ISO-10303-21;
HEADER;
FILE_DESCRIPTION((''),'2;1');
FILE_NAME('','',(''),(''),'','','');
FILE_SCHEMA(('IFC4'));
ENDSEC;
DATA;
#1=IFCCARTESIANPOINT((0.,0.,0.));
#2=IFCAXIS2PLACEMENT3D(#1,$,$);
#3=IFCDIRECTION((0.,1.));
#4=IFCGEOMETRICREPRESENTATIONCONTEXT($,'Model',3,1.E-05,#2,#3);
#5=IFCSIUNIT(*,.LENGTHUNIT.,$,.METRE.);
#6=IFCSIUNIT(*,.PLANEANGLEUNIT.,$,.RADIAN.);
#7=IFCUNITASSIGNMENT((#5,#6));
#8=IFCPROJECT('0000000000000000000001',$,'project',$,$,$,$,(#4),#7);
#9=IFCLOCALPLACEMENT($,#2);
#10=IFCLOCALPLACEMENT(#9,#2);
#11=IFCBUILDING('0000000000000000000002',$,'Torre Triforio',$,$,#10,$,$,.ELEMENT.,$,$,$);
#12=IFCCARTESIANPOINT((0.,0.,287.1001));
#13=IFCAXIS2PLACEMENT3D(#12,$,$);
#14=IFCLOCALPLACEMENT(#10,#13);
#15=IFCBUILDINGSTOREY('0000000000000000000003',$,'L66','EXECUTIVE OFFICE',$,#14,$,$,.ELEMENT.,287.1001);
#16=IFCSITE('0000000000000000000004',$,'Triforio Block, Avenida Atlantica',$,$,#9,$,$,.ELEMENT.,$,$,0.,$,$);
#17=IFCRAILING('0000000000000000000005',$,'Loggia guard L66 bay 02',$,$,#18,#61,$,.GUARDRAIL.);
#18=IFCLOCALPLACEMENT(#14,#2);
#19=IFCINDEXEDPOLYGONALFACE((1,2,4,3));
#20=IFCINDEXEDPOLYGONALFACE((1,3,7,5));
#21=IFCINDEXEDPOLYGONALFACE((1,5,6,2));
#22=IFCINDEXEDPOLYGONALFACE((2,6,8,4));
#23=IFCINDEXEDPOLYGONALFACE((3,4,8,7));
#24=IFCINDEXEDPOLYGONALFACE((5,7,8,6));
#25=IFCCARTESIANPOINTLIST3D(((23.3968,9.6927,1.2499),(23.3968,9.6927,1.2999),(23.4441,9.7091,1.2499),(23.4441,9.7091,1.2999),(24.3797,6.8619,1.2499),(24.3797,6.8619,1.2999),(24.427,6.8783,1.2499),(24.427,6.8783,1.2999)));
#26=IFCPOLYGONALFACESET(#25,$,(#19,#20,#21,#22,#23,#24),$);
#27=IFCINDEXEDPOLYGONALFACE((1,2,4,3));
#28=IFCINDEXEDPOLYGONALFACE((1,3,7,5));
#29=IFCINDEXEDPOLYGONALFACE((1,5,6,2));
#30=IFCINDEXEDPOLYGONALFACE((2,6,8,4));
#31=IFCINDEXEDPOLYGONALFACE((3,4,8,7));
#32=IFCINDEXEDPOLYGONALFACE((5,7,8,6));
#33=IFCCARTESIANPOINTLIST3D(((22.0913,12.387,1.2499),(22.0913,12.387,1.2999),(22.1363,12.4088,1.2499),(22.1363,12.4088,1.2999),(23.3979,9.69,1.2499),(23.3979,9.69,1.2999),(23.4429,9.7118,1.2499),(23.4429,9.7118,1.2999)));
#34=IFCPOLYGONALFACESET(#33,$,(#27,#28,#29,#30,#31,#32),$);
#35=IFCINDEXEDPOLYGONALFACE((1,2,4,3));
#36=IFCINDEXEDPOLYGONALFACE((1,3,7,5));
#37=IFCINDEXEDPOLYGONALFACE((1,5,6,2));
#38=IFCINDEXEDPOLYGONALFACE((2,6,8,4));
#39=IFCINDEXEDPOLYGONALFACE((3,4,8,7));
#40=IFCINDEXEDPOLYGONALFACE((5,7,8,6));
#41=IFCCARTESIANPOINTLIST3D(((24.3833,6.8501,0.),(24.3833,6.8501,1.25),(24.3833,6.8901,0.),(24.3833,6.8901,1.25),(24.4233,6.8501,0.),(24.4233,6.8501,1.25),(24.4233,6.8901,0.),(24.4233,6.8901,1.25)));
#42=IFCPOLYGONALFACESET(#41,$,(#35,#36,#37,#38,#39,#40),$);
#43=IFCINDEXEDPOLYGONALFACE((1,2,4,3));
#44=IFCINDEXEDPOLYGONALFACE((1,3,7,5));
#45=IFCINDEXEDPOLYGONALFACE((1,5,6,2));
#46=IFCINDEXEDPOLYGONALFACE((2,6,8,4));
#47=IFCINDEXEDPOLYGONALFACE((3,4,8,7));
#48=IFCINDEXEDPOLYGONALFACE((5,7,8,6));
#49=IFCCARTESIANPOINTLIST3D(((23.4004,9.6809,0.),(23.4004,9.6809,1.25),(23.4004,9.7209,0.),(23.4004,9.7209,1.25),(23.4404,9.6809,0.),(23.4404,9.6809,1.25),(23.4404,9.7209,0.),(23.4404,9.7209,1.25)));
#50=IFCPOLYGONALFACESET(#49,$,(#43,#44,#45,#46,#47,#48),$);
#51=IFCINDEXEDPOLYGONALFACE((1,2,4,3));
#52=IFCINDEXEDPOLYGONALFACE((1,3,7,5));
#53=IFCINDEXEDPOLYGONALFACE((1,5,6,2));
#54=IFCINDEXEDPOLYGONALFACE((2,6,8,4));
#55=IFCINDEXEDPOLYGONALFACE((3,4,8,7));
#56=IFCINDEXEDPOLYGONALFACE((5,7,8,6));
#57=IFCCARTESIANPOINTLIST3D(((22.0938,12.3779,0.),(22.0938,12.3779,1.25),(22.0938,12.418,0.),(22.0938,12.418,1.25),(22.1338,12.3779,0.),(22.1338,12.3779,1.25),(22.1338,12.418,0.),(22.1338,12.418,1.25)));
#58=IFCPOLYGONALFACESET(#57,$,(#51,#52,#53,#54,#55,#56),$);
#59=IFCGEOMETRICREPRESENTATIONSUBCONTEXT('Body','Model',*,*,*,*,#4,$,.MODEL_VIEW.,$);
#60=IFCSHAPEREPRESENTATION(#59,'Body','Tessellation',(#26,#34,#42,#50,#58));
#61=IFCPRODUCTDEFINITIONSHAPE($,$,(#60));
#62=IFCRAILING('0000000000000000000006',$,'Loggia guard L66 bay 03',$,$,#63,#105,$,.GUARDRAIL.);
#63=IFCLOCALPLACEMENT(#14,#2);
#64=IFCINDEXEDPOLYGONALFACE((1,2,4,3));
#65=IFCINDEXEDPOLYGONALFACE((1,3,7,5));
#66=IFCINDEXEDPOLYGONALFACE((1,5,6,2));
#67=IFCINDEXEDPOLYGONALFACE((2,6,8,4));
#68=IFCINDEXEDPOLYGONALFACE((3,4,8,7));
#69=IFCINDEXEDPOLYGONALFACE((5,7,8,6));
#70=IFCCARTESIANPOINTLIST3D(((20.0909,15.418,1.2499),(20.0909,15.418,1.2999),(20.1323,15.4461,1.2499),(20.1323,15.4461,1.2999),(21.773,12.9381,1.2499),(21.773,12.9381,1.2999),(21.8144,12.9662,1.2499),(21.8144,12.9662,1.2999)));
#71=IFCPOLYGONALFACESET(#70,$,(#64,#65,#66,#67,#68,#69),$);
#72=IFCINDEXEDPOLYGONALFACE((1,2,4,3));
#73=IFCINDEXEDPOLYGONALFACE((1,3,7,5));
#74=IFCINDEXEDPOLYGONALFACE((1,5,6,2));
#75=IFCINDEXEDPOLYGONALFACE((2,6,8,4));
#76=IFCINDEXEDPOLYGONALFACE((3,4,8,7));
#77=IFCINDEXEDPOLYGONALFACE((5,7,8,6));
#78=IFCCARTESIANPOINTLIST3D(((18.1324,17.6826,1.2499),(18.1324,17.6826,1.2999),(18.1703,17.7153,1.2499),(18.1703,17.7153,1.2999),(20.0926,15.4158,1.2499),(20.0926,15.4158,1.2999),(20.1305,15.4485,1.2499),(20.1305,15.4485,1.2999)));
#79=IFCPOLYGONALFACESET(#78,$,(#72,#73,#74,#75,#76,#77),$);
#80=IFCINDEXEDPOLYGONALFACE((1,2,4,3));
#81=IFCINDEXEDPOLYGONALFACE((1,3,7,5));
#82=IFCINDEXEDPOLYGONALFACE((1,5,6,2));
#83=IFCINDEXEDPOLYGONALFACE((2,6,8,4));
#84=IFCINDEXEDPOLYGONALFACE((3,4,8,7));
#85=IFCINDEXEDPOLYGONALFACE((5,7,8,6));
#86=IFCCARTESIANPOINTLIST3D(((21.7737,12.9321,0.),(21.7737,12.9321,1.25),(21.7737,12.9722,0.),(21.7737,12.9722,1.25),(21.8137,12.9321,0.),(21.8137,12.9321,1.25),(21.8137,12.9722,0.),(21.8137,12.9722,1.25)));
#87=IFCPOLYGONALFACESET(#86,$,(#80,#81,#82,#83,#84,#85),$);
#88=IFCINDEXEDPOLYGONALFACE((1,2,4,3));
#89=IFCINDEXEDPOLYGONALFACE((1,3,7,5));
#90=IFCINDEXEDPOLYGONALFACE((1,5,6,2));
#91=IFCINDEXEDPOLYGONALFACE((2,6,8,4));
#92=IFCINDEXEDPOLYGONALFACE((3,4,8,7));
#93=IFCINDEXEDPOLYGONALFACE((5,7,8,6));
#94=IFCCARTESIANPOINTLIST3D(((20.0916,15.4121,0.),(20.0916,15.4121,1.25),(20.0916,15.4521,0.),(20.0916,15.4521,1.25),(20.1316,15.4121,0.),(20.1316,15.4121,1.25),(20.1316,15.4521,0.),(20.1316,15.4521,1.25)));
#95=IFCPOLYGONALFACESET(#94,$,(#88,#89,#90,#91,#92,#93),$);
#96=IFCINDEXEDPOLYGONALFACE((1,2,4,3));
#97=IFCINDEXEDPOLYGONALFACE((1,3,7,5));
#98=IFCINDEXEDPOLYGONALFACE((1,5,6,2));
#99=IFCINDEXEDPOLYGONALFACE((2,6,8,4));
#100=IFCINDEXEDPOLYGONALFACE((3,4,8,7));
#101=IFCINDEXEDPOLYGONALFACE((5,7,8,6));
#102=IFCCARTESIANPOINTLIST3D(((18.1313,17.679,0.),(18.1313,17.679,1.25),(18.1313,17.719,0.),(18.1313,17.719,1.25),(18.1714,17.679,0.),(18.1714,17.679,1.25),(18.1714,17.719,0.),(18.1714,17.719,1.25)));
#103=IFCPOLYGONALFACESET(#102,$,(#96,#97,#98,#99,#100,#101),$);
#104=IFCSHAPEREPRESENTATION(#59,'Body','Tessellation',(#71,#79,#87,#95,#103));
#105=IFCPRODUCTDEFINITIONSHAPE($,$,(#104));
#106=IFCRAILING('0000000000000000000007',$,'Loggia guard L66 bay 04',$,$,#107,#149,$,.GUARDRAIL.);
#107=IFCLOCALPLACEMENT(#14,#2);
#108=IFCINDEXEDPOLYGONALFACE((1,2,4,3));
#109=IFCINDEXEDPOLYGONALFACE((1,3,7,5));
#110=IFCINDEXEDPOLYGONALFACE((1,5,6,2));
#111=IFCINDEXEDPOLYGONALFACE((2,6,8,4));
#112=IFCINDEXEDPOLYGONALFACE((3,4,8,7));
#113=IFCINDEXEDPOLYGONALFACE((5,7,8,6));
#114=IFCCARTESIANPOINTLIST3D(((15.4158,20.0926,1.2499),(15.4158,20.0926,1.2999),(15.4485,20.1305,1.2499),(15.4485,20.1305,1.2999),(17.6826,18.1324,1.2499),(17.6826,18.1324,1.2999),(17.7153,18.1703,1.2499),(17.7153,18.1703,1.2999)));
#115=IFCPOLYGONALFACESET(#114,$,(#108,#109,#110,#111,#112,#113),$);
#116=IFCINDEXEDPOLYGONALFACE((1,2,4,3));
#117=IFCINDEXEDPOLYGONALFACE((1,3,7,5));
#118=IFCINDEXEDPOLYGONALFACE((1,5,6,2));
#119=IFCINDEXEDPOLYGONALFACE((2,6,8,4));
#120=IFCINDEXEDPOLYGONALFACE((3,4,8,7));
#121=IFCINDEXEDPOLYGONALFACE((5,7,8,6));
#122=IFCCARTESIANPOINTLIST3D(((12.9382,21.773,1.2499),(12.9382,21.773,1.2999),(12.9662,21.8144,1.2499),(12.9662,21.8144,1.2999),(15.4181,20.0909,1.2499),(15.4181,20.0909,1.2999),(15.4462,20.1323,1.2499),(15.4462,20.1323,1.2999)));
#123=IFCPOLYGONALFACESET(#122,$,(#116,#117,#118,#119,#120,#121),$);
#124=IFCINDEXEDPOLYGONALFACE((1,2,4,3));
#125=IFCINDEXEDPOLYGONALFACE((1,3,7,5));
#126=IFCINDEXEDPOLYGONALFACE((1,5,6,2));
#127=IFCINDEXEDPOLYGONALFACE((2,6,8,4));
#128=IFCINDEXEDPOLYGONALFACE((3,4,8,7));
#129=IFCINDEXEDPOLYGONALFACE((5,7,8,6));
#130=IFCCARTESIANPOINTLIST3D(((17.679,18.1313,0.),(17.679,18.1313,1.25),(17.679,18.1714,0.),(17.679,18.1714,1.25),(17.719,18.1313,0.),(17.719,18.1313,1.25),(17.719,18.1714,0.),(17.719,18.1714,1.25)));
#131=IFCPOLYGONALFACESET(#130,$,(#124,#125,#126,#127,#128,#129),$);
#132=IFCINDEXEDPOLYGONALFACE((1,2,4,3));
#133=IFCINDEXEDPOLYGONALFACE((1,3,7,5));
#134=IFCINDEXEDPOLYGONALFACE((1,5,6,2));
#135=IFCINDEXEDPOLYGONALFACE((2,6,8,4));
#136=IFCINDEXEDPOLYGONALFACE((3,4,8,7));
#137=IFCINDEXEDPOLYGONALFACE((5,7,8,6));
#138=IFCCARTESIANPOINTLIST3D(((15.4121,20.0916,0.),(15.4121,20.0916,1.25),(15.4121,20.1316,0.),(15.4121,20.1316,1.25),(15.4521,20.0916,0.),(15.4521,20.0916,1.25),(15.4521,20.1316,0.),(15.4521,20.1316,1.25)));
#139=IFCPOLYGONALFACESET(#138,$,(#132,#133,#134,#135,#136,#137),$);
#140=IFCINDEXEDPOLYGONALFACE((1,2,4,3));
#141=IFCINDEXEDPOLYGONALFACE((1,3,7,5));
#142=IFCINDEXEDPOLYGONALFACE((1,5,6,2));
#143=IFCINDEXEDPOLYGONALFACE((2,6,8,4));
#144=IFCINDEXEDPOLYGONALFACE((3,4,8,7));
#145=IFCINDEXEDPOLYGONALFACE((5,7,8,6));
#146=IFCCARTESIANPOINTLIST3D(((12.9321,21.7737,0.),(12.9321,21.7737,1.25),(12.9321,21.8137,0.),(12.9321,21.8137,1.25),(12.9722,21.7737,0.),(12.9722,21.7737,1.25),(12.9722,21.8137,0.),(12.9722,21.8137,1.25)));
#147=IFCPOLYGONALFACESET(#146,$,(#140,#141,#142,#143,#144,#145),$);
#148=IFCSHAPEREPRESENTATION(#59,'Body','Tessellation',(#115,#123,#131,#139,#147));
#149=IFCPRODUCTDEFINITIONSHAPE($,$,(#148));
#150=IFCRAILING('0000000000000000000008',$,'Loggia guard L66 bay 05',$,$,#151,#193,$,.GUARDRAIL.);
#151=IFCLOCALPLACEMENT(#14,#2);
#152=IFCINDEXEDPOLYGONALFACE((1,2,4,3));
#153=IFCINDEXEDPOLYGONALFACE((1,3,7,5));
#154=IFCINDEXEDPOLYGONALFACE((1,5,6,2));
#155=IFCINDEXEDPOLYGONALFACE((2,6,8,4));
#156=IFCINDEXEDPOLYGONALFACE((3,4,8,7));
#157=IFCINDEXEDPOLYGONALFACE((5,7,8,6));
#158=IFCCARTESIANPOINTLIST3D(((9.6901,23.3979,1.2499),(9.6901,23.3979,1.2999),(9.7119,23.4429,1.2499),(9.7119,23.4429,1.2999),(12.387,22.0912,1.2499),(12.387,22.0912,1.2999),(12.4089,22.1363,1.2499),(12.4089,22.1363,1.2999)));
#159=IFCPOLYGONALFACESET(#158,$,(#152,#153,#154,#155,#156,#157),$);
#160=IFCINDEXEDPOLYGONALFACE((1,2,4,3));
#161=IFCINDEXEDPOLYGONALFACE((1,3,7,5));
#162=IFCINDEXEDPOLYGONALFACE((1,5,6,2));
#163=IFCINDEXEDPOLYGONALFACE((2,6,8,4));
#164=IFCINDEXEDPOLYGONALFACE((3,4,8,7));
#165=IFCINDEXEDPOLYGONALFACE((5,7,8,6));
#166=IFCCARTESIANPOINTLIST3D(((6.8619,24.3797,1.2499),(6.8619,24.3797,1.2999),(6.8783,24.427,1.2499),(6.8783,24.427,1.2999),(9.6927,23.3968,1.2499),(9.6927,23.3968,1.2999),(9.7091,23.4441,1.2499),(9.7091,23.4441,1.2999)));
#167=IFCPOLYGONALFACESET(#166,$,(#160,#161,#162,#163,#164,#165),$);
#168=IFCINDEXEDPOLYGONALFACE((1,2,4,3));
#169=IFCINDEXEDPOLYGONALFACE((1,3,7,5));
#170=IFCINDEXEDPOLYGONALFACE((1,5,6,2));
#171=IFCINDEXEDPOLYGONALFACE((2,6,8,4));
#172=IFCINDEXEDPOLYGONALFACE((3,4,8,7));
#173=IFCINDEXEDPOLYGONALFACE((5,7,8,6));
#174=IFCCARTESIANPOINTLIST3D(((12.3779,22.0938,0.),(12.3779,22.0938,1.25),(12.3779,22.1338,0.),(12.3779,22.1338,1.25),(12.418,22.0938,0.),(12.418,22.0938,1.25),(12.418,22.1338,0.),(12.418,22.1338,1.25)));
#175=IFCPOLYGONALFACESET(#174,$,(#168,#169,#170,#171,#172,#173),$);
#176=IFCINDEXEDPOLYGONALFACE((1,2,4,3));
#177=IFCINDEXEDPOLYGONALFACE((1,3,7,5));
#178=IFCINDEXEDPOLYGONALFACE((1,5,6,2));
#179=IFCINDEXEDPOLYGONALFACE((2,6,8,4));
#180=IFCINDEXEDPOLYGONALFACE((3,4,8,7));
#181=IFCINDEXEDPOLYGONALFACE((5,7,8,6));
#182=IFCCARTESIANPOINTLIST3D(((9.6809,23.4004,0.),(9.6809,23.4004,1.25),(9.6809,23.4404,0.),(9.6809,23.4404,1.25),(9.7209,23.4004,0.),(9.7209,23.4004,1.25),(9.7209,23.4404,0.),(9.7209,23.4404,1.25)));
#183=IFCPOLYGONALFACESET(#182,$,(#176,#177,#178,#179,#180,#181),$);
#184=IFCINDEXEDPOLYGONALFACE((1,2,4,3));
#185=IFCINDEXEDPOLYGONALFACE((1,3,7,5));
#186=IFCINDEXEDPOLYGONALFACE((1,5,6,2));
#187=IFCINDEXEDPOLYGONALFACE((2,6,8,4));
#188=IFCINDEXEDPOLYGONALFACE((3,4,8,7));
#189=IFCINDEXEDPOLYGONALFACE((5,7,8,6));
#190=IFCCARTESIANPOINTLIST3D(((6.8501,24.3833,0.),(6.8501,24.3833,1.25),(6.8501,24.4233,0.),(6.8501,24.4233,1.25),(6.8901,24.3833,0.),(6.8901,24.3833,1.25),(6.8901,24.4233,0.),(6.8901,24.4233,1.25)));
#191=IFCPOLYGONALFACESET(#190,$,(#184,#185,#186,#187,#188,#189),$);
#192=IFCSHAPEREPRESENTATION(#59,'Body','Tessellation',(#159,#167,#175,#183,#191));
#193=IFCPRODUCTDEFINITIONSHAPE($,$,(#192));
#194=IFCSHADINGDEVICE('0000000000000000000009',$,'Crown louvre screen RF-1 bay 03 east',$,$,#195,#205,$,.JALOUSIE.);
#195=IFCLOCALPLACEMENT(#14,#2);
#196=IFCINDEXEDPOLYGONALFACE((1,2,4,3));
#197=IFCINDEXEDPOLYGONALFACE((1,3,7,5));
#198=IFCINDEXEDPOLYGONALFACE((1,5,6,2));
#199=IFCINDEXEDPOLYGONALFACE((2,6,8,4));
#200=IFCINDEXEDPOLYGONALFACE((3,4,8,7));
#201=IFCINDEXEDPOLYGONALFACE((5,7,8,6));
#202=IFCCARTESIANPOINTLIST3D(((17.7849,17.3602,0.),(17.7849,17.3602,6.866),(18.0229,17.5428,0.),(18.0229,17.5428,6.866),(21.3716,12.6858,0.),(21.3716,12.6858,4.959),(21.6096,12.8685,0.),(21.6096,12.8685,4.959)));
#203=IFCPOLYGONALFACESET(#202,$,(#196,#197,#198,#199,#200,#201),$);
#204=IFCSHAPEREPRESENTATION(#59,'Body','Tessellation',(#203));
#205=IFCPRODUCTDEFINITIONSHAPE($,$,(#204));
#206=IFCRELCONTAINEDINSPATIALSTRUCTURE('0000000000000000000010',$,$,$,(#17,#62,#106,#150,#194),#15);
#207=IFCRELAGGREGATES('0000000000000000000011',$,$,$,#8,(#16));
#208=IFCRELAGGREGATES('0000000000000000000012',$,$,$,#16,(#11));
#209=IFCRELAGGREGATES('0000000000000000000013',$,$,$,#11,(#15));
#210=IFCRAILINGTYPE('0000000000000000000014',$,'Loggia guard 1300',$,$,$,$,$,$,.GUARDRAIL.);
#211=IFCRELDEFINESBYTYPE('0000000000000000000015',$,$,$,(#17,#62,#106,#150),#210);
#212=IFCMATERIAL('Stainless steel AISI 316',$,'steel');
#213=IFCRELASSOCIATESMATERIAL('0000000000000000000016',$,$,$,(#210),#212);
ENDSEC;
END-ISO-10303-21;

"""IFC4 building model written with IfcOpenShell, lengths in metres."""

from ifc_helpers import new_model, si_unit, direction, frame, origin, origin_2d, place, context, subcontext, project, spatial, polyline, rectangle, outline, extrude, material, type_object, element, save


model = new_model("IFC4")

# Units and contexts
model_context = context("Model", 3, precision=1e-05, world=origin(), true_north=direction((0.0, 1.0)))
body_context = subcontext(model_context, "Body", "Model", "MODEL_VIEW")
ifc_project = project(units=[si_unit("LENGTHUNIT", "METRE"), si_unit("PLANEANGLEUNIT", "RADIAN")], contexts=[model_context])

# Site, building, storey
site_placement = place(None, origin())
site = spatial("IfcSite", under=ifc_project, at=site_placement, Name="Triforio Block, Avenida Atlantica", CompositionType="ELEMENT", RefElevation=0.0)
building_placement = place(site_placement, origin())
building = spatial("IfcBuilding", under=site, at=building_placement, Name="Torre Triforio", CompositionType="ELEMENT")
storey_placement = place(building_placement, frame((0.0, 0.0, 287.1001)))
storey = spatial("IfcBuildingStorey", under=building, at=storey_placement, Name="L66", Description="EXECUTIVE OFFICE", CompositionType="ELEMENT", Elevation=287.1001)

# Railings
ifc_material_1 = material(Name="Stainless steel AISI 316", Category="steel")
railing_type = type_object("IfcRailingType", Name="Loggia guard 1300", PredefinedType="GUARDRAIL", material=ifc_material_1)
railing_1_placement = place(storey_placement, frame((24.4033, 6.8701, 0.0)))
element("IfcRailing", 1, at=railing_1_placement, inside=storey, type_object=railing_type, Name="Loggia guard L66 bay 02", PredefinedType="GUARDRAIL", context=body_context, shape_type="SweptSolid", body=[
    extrude(rectangle(XDim=0.05, YDim=0.05, at=origin_2d()), frame((0.0, 0.0, 1.2749), z_axis=(-0.328009, 0.944675, 0.0), x_axis=(-0.944675, -0.328009, 0.0)), (0.0, 0.0, 1.0), 2.9966),
    extrude(rectangle(XDim=0.05, YDim=0.05, at=origin_2d()), frame((-0.9829, 2.8308, 1.2749), z_axis=(-0.436002, 0.899946, 0.0), x_axis=(-0.899946, -0.436002, 0.0)), (0.0, 0.0, 1.0), 2.9968),
    extrude(rectangle(XDim=0.04, YDim=0.04, at=origin_2d()), origin(), (0.0, 0.0, 1.0), 1.25),
    extrude(rectangle(XDim=0.04, YDim=0.04, at=origin_2d()), frame((-0.9829, 2.8308, 0.0)), (0.0, 0.0, 1.0), 1.25),
    extrude(rectangle(XDim=0.04, YDim=0.04, at=origin_2d()), frame((-2.2896, 5.5278, 0.0)), (0.0, 0.0, 1.0), 1.25),
])
railing_2_placement = place(storey_placement, frame((21.7937, 12.9521, 0.0)))
element("IfcRailing", 2, at=railing_2_placement, inside=storey, type_object=railing_type, Name="Loggia guard L66 bay 03", PredefinedType="GUARDRAIL", context=body_context, shape_type="SweptSolid", body=[
    extrude(rectangle(XDim=0.05, YDim=0.05, at=origin_2d()), frame((0.0, 0.0, 1.2749), z_axis=(-0.561338, 0.827587, 0.0), x_axis=(-0.827587, -0.561338, 0.0)), (0.0, 0.0, 1.0), 2.9966),
    extrude(rectangle(XDim=0.05, YDim=0.05, at=origin_2d()), frame((-1.6821, 2.48, 1.2749), z_axis=(-0.654093, 0.756414, 0.0), x_axis=(-0.756414, -0.654093, 0.0)), (0.0, 0.0, 1.0), 2.9968),
    extrude(rectangle(XDim=0.04, YDim=0.04, at=origin_2d()), origin(), (0.0, 0.0, 1.0), 1.25),
    extrude(rectangle(XDim=0.04, YDim=0.04, at=origin_2d()), frame((-1.6821, 2.48, 0.0)), (0.0, 0.0, 1.0), 1.25),
    extrude(rectangle(XDim=0.04, YDim=0.04, at=origin_2d()), frame((-3.6423, 4.7468, 0.0)), (0.0, 0.0, 1.0), 1.25),
])
railing_3_placement = place(storey_placement, frame((17.699, 18.1514, 0.0)))
element("IfcRailing", 3, at=railing_3_placement, inside=storey, type_object=railing_type, Name="Loggia guard L66 bay 04", PredefinedType="GUARDRAIL", context=body_context, shape_type="SweptSolid", body=[
    extrude(rectangle(XDim=0.05, YDim=0.05, at=origin_2d()), frame((0.0, 0.0, 1.2749), z_axis=(-0.756414, 0.654093, 0.0), x_axis=(-0.654093, -0.756414, 0.0)), (0.0, 0.0, 1.0), 2.9968),
    extrude(rectangle(XDim=0.05, YDim=0.05, at=origin_2d()), frame((-2.2668, 1.9602, 1.2749), z_axis=(-0.827587, 0.561338, 0.0), x_axis=(-0.561338, -0.827587, 0.0)), (0.0, 0.0, 1.0), 2.9966),
    extrude(rectangle(XDim=0.04, YDim=0.04, at=origin_2d()), origin(), (0.0, 0.0, 1.0), 1.25),
    extrude(rectangle(XDim=0.04, YDim=0.04, at=origin_2d()), frame((-2.2668, 1.9602, 0.0)), (0.0, 0.0, 1.0), 1.25),
    extrude(rectangle(XDim=0.04, YDim=0.04, at=origin_2d()), frame((-4.7468, 3.6423, 0.0)), (0.0, 0.0, 1.0), 1.25),
])
railing_4_placement = place(storey_placement, frame((12.3979, 22.1138, 0.0)))
element("IfcRailing", 4, at=railing_4_placement, inside=storey, type_object=railing_type, Name="Loggia guard L66 bay 05", PredefinedType="GUARDRAIL", context=body_context, shape_type="SweptSolid", body=[
    extrude(rectangle(XDim=0.05, YDim=0.05, at=origin_2d()), frame((0.0, 0.0, 1.2749), z_axis=(-0.899946, 0.436002, 0.0), x_axis=(-0.436002, -0.899946, 0.0)), (0.0, 0.0, 1.0), 2.9968),
    extrude(rectangle(XDim=0.05, YDim=0.05, at=origin_2d()), frame((-2.697, 1.3066, 1.2749), z_axis=(-0.944675, 0.328009, 0.0), x_axis=(-0.328009, -0.944675, 0.0)), (0.0, 0.0, 1.0), 2.9966),
    extrude(rectangle(XDim=0.04, YDim=0.04, at=origin_2d()), origin(), (0.0, 0.0, 1.0), 1.25),
    extrude(rectangle(XDim=0.04, YDim=0.04, at=origin_2d()), frame((-2.697, 1.3066, 0.0)), (0.0, 0.0, 1.0), 1.25),
    extrude(rectangle(XDim=0.04, YDim=0.04, at=origin_2d()), frame((-5.5278, 2.2896, 0.0)), (0.0, 0.0, 1.0), 1.25),
])

# Shading device
shading_device_placement = place(storey_placement, frame((21.4905, 12.7771, 0.0), z_axis=(0.0, 0.0, 1.0), x_axis=(-0.608755, 0.793358, 0.0)))
element("IfcShadingDevice", 5, at=shading_device_placement, inside=storey, Name="Crown louvre screen RF-1 bay 03 east", PredefinedType="JALOUSIE", context=body_context, shape_type="SweptSolid", body=[
    extrude(outline(polyline([(0.0, 0.0), (5.8918, 0.0), (5.8918, 6.866), (0.0, 4.959), (0.0, 0.0)])), frame((0.0, 0.1499, 0.0), z_axis=(0.0, -1.0, 0.0), x_axis=(1.0, 0.0, 0.0)), (0.0, 0.0, 1.0), 0.3),
])

save(model, "model.ifc")
